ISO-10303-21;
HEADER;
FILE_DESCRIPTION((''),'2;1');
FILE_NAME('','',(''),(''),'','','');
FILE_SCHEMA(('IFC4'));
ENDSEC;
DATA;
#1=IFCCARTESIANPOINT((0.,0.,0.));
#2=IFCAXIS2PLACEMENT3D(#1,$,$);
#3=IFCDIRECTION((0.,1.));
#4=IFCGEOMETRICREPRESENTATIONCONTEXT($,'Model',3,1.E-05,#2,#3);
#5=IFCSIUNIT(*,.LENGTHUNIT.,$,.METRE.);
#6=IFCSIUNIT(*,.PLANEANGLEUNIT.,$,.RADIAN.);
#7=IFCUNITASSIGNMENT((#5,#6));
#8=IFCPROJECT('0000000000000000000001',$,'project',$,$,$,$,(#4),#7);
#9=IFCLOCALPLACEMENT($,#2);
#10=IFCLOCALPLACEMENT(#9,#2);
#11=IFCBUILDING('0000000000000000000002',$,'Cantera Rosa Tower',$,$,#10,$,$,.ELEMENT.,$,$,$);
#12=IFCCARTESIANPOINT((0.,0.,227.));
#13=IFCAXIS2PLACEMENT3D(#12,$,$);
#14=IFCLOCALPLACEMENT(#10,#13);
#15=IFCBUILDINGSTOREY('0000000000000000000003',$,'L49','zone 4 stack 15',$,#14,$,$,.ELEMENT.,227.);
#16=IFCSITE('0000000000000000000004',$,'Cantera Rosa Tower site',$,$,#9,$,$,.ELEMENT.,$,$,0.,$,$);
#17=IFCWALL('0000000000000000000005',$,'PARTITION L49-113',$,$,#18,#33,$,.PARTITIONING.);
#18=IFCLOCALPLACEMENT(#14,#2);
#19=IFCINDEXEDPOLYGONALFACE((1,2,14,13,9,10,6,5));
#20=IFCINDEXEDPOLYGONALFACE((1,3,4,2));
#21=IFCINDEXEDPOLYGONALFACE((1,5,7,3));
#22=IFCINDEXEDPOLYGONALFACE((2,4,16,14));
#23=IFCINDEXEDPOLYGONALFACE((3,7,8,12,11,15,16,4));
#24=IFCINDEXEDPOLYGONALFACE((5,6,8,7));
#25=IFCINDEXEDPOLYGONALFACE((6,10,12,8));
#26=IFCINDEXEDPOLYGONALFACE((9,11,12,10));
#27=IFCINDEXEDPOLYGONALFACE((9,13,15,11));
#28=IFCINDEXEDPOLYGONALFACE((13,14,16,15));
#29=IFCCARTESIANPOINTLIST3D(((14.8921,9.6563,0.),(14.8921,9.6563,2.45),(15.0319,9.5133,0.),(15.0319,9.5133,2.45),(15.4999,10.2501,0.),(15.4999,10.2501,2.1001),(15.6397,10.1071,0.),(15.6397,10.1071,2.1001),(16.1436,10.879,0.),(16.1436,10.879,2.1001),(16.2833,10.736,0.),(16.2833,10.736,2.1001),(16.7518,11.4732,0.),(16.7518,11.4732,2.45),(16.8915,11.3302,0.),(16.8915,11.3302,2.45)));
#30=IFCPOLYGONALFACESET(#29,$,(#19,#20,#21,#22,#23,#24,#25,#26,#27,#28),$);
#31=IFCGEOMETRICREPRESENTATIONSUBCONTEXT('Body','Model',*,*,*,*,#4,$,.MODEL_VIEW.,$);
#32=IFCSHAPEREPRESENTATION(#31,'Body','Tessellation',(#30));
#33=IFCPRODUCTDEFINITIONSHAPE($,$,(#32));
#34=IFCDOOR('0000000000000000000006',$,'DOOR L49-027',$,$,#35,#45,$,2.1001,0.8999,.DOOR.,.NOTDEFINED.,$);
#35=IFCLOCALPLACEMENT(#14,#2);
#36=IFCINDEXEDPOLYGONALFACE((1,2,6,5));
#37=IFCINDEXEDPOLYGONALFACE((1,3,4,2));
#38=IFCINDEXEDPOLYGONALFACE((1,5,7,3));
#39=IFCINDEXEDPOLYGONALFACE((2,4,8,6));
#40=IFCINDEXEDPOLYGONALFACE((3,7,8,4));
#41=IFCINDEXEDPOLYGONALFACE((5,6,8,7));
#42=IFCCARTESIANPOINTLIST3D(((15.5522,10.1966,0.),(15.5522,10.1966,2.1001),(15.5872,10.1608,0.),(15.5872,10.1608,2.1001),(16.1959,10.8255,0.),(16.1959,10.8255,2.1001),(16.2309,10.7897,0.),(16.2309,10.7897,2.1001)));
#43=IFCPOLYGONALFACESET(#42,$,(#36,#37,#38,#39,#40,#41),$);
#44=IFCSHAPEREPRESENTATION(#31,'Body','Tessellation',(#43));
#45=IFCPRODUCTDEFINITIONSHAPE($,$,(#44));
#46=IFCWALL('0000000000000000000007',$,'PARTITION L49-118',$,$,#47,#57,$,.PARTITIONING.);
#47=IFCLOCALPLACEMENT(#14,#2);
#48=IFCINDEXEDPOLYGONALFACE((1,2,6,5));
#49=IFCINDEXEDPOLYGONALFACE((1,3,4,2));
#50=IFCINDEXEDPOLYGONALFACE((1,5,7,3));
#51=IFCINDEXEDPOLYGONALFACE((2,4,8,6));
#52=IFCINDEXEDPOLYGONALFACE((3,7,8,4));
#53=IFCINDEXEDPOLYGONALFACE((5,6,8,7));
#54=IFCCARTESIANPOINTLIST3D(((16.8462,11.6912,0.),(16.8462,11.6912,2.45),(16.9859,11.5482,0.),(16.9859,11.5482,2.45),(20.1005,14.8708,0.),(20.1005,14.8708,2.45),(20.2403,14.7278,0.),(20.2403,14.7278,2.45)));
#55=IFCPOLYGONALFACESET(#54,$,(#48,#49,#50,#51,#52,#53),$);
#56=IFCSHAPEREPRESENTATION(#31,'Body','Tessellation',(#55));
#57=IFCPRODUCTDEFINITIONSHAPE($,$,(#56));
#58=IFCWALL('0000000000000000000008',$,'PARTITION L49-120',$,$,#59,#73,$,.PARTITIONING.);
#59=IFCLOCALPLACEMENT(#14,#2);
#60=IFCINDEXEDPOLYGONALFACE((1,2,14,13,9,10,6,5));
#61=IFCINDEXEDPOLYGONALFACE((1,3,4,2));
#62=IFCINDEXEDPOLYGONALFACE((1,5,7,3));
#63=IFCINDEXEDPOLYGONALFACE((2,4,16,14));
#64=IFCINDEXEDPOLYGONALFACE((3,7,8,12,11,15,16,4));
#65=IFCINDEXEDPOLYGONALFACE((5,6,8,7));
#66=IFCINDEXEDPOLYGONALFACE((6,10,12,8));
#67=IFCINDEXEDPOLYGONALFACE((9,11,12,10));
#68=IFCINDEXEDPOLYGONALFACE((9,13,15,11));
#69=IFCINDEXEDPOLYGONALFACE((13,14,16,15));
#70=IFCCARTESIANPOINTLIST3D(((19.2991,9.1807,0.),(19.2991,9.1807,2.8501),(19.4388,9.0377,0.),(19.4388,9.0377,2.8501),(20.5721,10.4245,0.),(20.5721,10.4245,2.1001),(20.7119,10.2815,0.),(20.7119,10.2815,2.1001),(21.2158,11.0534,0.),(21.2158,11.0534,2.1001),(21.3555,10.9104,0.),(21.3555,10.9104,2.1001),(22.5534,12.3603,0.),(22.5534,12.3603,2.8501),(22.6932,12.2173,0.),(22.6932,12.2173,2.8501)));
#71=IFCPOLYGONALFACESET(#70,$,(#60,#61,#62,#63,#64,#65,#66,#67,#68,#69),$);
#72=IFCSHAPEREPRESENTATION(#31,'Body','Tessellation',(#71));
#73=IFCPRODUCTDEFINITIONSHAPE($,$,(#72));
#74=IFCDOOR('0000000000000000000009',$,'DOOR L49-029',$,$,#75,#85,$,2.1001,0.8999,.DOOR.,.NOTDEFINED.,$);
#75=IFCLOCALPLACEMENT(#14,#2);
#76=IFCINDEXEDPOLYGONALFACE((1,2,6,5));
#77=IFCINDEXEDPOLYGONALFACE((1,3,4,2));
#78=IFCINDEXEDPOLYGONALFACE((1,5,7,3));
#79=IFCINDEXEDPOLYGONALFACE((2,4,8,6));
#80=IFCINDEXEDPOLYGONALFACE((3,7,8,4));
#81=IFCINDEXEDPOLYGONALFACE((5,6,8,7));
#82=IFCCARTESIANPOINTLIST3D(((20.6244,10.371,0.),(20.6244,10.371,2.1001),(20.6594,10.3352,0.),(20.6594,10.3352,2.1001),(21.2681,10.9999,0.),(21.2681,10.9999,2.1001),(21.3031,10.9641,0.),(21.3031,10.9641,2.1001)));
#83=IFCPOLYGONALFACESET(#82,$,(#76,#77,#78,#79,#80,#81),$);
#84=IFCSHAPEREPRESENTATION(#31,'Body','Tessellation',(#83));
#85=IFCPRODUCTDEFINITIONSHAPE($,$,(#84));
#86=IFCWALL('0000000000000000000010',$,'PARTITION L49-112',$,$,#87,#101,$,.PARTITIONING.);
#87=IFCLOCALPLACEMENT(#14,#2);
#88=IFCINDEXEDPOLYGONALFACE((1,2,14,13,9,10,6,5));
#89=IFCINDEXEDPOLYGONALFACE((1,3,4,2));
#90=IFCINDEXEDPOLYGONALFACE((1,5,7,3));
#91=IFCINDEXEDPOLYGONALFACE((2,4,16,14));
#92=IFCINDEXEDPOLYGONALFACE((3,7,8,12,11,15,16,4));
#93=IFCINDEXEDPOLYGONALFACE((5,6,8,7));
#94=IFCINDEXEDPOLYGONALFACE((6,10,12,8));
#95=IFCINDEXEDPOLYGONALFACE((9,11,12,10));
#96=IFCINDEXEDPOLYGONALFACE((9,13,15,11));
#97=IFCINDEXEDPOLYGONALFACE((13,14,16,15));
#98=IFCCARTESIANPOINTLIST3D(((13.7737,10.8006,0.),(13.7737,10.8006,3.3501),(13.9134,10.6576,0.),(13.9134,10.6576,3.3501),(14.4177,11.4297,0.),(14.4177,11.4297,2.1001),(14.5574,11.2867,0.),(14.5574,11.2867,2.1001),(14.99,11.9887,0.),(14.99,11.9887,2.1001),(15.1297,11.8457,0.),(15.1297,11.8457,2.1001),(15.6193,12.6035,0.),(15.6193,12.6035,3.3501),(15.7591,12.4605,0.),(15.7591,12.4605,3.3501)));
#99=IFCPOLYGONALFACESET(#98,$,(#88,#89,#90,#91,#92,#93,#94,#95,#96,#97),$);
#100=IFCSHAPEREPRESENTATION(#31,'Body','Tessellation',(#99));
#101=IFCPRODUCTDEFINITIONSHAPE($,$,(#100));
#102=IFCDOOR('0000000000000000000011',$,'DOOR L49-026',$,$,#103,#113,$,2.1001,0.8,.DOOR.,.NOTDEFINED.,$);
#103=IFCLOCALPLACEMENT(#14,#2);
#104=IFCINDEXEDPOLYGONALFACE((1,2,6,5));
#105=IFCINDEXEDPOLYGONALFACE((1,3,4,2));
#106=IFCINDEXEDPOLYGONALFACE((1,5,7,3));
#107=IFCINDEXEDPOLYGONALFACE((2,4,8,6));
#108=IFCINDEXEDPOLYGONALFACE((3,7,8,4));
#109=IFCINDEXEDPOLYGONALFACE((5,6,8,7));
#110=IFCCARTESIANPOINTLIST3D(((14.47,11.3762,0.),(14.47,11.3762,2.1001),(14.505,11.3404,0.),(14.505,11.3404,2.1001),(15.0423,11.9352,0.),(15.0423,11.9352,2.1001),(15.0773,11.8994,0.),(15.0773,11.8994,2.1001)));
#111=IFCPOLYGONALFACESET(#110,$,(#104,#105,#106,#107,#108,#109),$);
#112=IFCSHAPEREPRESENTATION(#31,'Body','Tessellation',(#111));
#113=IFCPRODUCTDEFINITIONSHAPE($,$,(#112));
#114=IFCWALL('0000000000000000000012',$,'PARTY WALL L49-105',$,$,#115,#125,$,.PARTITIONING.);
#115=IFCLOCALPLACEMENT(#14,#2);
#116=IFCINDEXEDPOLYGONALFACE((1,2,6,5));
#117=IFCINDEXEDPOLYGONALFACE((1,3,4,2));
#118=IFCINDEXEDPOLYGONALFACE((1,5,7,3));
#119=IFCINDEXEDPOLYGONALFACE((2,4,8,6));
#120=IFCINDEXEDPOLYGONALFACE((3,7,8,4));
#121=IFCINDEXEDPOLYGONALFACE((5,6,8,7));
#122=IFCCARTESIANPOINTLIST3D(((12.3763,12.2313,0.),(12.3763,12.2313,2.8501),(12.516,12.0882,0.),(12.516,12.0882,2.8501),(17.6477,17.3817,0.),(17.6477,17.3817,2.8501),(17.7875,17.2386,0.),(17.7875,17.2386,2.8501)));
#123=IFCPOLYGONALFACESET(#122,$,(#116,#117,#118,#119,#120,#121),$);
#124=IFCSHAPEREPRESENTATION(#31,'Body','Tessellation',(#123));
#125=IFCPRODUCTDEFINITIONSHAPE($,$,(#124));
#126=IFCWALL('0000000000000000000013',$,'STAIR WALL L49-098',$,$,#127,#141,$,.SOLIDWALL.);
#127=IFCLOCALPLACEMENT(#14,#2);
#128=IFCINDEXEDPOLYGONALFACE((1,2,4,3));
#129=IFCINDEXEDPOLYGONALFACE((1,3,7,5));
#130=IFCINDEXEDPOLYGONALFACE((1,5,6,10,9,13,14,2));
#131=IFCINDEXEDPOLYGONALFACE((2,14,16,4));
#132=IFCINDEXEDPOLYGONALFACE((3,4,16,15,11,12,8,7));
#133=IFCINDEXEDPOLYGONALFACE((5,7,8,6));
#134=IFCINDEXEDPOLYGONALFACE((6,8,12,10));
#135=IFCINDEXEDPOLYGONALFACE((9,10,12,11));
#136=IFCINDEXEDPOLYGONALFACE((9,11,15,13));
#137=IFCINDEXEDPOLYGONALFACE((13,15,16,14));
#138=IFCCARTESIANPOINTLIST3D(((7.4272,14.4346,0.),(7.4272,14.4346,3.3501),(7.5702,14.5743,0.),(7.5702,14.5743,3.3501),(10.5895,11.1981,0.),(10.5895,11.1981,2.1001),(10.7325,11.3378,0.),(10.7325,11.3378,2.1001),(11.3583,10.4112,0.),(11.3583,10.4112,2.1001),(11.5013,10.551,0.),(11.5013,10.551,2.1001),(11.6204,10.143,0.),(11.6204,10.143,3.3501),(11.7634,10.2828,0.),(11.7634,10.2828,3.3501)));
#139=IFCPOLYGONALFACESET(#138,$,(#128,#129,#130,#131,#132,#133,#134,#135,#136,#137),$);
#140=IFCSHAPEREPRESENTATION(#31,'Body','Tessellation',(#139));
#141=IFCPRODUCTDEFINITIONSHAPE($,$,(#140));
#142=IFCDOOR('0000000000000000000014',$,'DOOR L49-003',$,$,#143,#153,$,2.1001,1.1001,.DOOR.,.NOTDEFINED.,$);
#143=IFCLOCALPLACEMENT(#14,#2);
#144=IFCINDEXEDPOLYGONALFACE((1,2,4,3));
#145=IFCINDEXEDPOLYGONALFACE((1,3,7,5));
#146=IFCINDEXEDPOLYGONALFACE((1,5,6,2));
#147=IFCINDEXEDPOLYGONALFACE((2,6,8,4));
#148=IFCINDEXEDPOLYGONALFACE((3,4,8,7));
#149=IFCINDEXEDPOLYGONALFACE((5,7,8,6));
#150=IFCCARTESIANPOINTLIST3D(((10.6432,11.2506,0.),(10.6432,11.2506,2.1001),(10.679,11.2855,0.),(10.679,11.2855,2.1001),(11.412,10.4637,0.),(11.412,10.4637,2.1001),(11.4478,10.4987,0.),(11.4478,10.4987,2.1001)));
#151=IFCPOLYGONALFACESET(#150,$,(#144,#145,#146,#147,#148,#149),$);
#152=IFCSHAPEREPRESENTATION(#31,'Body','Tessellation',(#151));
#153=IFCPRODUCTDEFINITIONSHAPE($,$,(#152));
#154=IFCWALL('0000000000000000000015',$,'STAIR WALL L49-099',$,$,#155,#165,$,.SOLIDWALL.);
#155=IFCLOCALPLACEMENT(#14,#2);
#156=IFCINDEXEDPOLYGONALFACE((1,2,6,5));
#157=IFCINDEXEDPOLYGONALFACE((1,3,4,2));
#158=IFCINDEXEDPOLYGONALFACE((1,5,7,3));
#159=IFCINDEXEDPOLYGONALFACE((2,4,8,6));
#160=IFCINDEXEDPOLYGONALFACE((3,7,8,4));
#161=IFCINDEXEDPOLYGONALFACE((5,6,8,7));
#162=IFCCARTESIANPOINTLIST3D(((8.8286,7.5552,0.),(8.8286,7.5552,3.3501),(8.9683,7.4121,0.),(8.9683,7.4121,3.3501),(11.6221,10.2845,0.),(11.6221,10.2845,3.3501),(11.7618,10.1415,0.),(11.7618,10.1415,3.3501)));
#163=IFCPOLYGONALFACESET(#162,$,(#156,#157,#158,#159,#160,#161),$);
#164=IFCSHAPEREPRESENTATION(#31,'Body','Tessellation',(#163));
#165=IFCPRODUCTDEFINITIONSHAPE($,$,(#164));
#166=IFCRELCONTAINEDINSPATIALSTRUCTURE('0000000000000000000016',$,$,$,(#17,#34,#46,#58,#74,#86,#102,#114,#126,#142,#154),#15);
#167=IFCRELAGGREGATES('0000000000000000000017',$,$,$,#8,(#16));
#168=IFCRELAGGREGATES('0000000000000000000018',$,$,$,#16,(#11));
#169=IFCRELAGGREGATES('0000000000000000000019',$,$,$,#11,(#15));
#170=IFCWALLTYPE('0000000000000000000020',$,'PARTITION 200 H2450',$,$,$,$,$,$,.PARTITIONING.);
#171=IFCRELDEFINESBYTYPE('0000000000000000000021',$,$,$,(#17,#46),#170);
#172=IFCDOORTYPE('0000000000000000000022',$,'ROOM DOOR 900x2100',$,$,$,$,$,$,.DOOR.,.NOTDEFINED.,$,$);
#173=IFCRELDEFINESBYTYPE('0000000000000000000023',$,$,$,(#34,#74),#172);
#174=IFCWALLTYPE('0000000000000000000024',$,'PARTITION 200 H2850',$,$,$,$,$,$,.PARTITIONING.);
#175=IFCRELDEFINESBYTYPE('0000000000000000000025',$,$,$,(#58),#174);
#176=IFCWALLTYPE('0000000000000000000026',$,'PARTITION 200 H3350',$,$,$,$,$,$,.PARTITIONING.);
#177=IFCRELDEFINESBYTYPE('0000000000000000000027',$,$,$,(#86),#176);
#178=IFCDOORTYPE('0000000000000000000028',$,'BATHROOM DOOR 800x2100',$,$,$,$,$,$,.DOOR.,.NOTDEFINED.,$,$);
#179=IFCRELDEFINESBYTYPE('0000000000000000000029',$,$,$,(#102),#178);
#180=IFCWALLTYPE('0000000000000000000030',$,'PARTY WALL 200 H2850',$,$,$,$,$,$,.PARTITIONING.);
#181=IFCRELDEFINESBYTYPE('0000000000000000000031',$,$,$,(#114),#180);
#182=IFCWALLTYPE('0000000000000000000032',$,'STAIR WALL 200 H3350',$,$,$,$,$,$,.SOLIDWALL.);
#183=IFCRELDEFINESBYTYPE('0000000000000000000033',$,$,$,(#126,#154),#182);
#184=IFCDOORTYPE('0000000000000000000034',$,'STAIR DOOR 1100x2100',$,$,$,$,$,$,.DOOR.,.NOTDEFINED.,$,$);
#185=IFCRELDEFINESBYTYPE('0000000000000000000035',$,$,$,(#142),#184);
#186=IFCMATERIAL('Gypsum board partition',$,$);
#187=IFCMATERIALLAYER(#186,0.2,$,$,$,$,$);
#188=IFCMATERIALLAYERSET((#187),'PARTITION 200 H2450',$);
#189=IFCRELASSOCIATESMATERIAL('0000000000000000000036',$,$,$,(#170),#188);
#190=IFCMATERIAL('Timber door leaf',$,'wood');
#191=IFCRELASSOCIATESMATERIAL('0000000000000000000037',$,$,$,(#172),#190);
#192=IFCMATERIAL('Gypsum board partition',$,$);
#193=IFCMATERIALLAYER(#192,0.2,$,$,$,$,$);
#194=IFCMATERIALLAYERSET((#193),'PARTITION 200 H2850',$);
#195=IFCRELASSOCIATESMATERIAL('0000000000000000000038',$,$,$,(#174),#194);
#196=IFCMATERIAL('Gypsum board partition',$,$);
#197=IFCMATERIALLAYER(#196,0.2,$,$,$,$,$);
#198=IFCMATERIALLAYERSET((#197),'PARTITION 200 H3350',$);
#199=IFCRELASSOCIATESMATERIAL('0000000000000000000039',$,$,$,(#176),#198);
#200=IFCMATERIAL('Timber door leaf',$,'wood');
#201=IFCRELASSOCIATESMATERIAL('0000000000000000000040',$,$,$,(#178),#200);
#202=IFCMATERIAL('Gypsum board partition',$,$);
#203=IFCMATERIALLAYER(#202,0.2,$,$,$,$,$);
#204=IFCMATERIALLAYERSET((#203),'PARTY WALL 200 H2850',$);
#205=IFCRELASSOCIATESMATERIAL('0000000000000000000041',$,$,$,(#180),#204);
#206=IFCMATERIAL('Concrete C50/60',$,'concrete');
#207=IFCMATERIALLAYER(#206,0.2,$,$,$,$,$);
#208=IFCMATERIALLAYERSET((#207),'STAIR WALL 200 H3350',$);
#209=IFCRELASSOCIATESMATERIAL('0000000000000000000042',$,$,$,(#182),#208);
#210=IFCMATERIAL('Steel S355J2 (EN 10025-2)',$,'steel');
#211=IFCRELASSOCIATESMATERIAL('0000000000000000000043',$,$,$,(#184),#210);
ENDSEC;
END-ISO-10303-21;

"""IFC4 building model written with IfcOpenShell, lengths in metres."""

from ifc_helpers import new_model, si_unit, direction, frame, frame_2d, origin, place, context, subcontext, project, spatial, rectangle, extrude, material, layer, layer_set, type_object, element, fill, save


model = new_model("IFC4")

# Units and contexts
model_context = context("Model", 3, precision=1e-05, world=origin(), true_north=direction((0.0, 1.0)))
body_context = subcontext(model_context, "Body", "Model", "MODEL_VIEW")
ifc_project = project(units=[si_unit("LENGTHUNIT", "METRE"), si_unit("PLANEANGLEUNIT", "RADIAN")], contexts=[model_context])

# Site, building, storey
site_placement = place(None, origin())
site = spatial("IfcSite", under=ifc_project, at=site_placement, Name="Cantera Rosa Tower site", CompositionType="ELEMENT", RefElevation=0.0)
building_placement = place(site_placement, origin())
building = spatial("IfcBuilding", under=site, at=building_placement, Name="Cantera Rosa Tower", CompositionType="ELEMENT")
storey_placement = place(building_placement, frame((0.0, 0.0, 227.0)))
storey = spatial("IfcBuildingStorey", under=building, at=storey_placement, Name="L49", Description="zone 4 stack 15", CompositionType="ELEMENT", Elevation=227.0)

# Wall, opening, door
ifc_material_1 = material(Name="Gypsum board partition")
ifc_layer_1 = layer(ifc_material_1, 0.2)
ifc_layer_set_1 = layer_set([ifc_layer_1], Name="PARTITION 200 H2450")
wall_type_1 = type_object("IfcWallType", Name="PARTITION 200 H2450", PredefinedType="PARTITIONING", material=ifc_layer_set_1)
wall_1_placement = place(storey_placement, frame((16.8215, 11.4016, 0.0), z_axis=(0.0, 0.0, 1.0), x_axis=(-0.715276, -0.698842, 0.0)))
wall_1 = element("IfcWall", 1, at=wall_1_placement, inside=storey, type_object=wall_type_1, Name="PARTITION L49-113", PredefinedType="PARTITIONING", context=body_context, shape_type="SweptSolid", body=[
    extrude(rectangle(XDim=2.5999, YDim=0.2, at=frame_2d((1.2998, 0.0))), origin(), (0.0, 0.0, 1.0), 2.45),
])
opening_1_placement = place(wall_1_placement, frame((0.8501, 0.0, 0.0)))
opening_1 = element("IfcOpeningElement", 2, at=opening_1_placement, cuts=wall_1, PredefinedType="OPENING", context=body_context, shape_type="SweptSolid", body=[
    extrude(rectangle(XDim=0.8999, YDim=2.1001, at=frame_2d((0.45, 1.05))), frame((0.0, 0.1099, 0.0), z_axis=(0.0, -1.0, 0.0), x_axis=(1.0, 0.0, 0.0)), (0.0, 0.0, 1.0), 0.22),
])
ifc_material_2 = material(Name="Timber door leaf", Category="wood")
door_type_1 = type_object("IfcDoorType", Name="ROOM DOOR 900x2100", OperationType="NOTDEFINED", PredefinedType="DOOR", material=ifc_material_2)
door_1_placement = place(opening_1_placement, origin())
door_1 = element("IfcDoor", 3, at=door_1_placement, inside=storey, type_object=door_type_1, Name="DOOR L49-027", OperationType="NOTDEFINED", OverallHeight=2.1001, OverallWidth=0.8999, PredefinedType="DOOR", context=body_context, shape_type="SweptSolid", body=[
    extrude(rectangle(XDim=0.8999, YDim=2.1001, at=frame_2d((0.45, 1.05))), frame((0.0, 0.0249, 0.0), z_axis=(0.0, -1.0, 0.0), x_axis=(1.0, 0.0, 0.0)), (0.0, 0.0, 1.0), 0.05),
])
fill(opening_1, door_1)

# Wall
wall_2_placement = place(storey_placement, frame((20.1704, 14.7993, 0.0), z_axis=(0.0, 0.0, 1.0), x_axis=(-0.715269, -0.698849, 0.0)))
element("IfcWall", 4, at=wall_2_placement, inside=storey, type_object=wall_type_1, Name="PARTITION L49-118", PredefinedType="PARTITIONING", context=body_context, shape_type="SweptSolid", body=[
    extrude(rectangle(XDim=4.5498, YDim=0.2, at=frame_2d((2.2749, 0.0))), origin(), (0.0, 0.0, 1.0), 2.45),
])

# Walls, openings, doors
ifc_material_3 = material(Name="Gypsum board partition")
ifc_layer_2 = layer(ifc_material_3, 0.2)
ifc_layer_set_2 = layer_set([ifc_layer_2], Name="PARTITION 200 H2850")
wall_type_2 = type_object("IfcWallType", Name="PARTITION 200 H2850", PredefinedType="PARTITIONING", material=ifc_layer_set_2)
wall_3_placement = place(storey_placement, frame((22.6233, 12.2888, 0.0), z_axis=(0.0, 0.0, 1.0), x_axis=(-0.715269, -0.698849, 0.0)))
wall_3 = element("IfcWall", 5, at=wall_3_placement, inside=storey, type_object=wall_type_2, Name="PARTITION L49-120", PredefinedType="PARTITIONING", context=body_context, shape_type="SweptSolid", body=[
    extrude(rectangle(XDim=4.5498, YDim=0.2, at=frame_2d((2.2749, 0.0))), origin(), (0.0, 0.0, 1.0), 2.8501),
])
opening_2_placement = place(wall_3_placement, frame((1.8701, 0.0, 0.0)))
opening_2 = element("IfcOpeningElement", 6, at=opening_2_placement, cuts=wall_3, PredefinedType="OPENING", context=body_context, shape_type="SweptSolid", body=[
    extrude(rectangle(XDim=0.8999, YDim=2.1001, at=frame_2d((0.45, 1.05))), frame((0.0, 0.1099, 0.0), z_axis=(0.0, -1.0, 0.0), x_axis=(1.0, 0.0, 0.0)), (0.0, 0.0, 1.0), 0.22),
])
door_2_placement = place(opening_2_placement, origin())
door_2 = element("IfcDoor", 7, at=door_2_placement, inside=storey, type_object=door_type_1, Name="DOOR L49-029", OperationType="NOTDEFINED", OverallHeight=2.1001, OverallWidth=0.8999, PredefinedType="DOOR", context=body_context, shape_type="SweptSolid", body=[
    extrude(rectangle(XDim=0.8999, YDim=2.1001, at=frame_2d((0.45, 1.05))), frame((0.0, 0.0249, 0.0), z_axis=(0.0, -1.0, 0.0), x_axis=(1.0, 0.0, 0.0)), (0.0, 0.0, 1.0), 0.05),
])
fill(opening_2, door_2)
ifc_material_4 = material(Name="Gypsum board partition")
ifc_layer_3 = layer(ifc_material_4, 0.2)
ifc_layer_set_3 = layer_set([ifc_layer_3], Name="PARTITION 200 H3350")
wall_type_3 = type_object("IfcWallType", Name="PARTITION 200 H3350", PredefinedType="PARTITIONING", material=ifc_layer_set_3)
wall_4_placement = place(storey_placement, frame((15.6892, 12.532, 0.0), z_axis=(0.0, 0.0, 1.0), x_axis=(-0.715338, -0.698779, 0.0)))
wall_4 = element("IfcWall", 8, at=wall_4_placement, inside=storey, type_object=wall_type_3, Name="PARTITION L49-112", PredefinedType="PARTITIONING", context=body_context, shape_type="SweptSolid", body=[
    extrude(rectangle(XDim=2.5801, YDim=0.2, at=frame_2d((1.29, 0.0))), origin(), (0.0, 0.0, 1.0), 3.3501),
])
opening_3_placement = place(wall_4_placement, frame((0.8799, 0.0, 0.0)))
opening_3 = element("IfcOpeningElement", 9, at=opening_3_placement, cuts=wall_4, PredefinedType="OPENING", context=body_context, shape_type="SweptSolid", body=[
    extrude(rectangle(XDim=0.8, YDim=2.1001, at=frame_2d((0.3999, 1.05))), frame((0.0, 0.1099, 0.0), z_axis=(0.0, -1.0, 0.0), x_axis=(1.0, 0.0, 0.0)), (0.0, 0.0, 1.0), 0.22),
])
ifc_material_5 = material(Name="Timber door leaf", Category="wood")
door_type_2 = type_object("IfcDoorType", Name="BATHROOM DOOR 800x2100", OperationType="NOTDEFINED", PredefinedType="DOOR", material=ifc_material_5)
door_3_placement = place(opening_3_placement, origin())
door_3 = element("IfcDoor", 10, at=door_3_placement, inside=storey, type_object=door_type_2, Name="DOOR L49-026", OperationType="NOTDEFINED", OverallHeight=2.1001, OverallWidth=0.8, PredefinedType="DOOR", context=body_context, shape_type="SweptSolid", body=[
    extrude(rectangle(XDim=0.8, YDim=2.1001, at=frame_2d((0.3999, 1.05))), frame((0.0, 0.0249, 0.0), z_axis=(0.0, -1.0, 0.0), x_axis=(1.0, 0.0, 0.0)), (0.0, 0.0, 1.0), 0.05),
])
fill(opening_3, door_3)

# Wall
ifc_material_6 = material(Name="Gypsum board partition")
ifc_layer_4 = layer(ifc_material_6, 0.2)
ifc_layer_set_4 = layer_set([ifc_layer_4], Name="PARTY WALL 200 H2850")
wall_type_4 = type_object("IfcWallType", Name="PARTY WALL 200 H2850", PredefinedType="PARTITIONING", material=ifc_layer_set_4)
wall_5_placement = place(storey_placement, frame((12.446, 12.1597, 0.0), z_axis=(0.0, 0.0, 1.0), x_axis=(0.715275, 0.698844, 0.0)))
element("IfcWall", 11, at=wall_5_placement, inside=storey, type_object=wall_type_4, Name="PARTY WALL L49-105", PredefinedType="PARTITIONING", context=body_context, shape_type="SweptSolid", body=[
    extrude(rectangle(XDim=7.3699, YDim=0.2, at=frame_2d((3.6851, 0.0))), origin(), (0.0, 0.0, 1.0), 2.8501),
])

# Wall, opening, door
ifc_material_7 = material(Name="Concrete C50/60", Category="concrete")
ifc_layer_5 = layer(ifc_material_7, 0.2)
ifc_layer_set_5 = layer_set([ifc_layer_5], Name="STAIR WALL 200 H3350")
wall_type_5 = type_object("IfcWallType", Name="STAIR WALL 200 H3350", PredefinedType="SOLIDWALL", material=ifc_layer_set_5)
wall_6_placement = place(storey_placement, frame((11.6919, 10.2129, 0.0), z_axis=(0.0, 0.0, 1.0), x_axis=(-0.69886, 0.715258, 0.0)))
wall_6 = element("IfcWall", 12, at=wall_6_placement, inside=storey, type_object=wall_type_5, Name="STAIR WALL L49-098", PredefinedType="SOLIDWALL", context=body_context, shape_type="SweptSolid", body=[
    extrude(rectangle(XDim=6.0, YDim=0.2, at=frame_2d((3.0, 0.0))), origin(), (0.0, 0.0, 1.0), 3.3501),
])
opening_4_placement = place(wall_6_placement, frame((0.375, 0.0, 0.0)))
opening_4 = element("IfcOpeningElement", 13, at=opening_4_placement, cuts=wall_6, PredefinedType="OPENING", context=body_context, shape_type="SweptSolid", body=[
    extrude(rectangle(XDim=1.1001, YDim=2.1001, at=frame_2d((0.55, 1.05))), frame((0.0, 0.1099, 0.0), z_axis=(0.0, -1.0, 0.0), x_axis=(1.0, 0.0, 0.0)), (0.0, 0.0, 1.0), 0.22),
])
ifc_material_8 = material(Name="Steel S355J2 (EN 10025-2)", Category="steel")
door_type_3 = type_object("IfcDoorType", Name="STAIR DOOR 1100x2100", OperationType="NOTDEFINED", PredefinedType="DOOR", material=ifc_material_8)
door_4_placement = place(opening_4_placement, origin())
door_4 = element("IfcDoor", 14, at=door_4_placement, inside=storey, type_object=door_type_3, Name="DOOR L49-003", OperationType="NOTDEFINED", OverallHeight=2.1001, OverallWidth=1.1001, PredefinedType="DOOR", context=body_context, shape_type="SweptSolid", body=[
    extrude(rectangle(XDim=1.1001, YDim=2.1001, at=frame_2d((0.55, 1.05))), frame((0.0, 0.0249, 0.0), z_axis=(0.0, -1.0, 0.0), x_axis=(1.0, 0.0, 0.0)), (0.0, 0.0, 1.0), 0.05),
])
fill(opening_4, door_4)

# Wall
wall_7_placement = place(storey_placement, frame((11.6919, 10.2129, 0.0), z_axis=(0.0, 0.0, 1.0), x_axis=(-0.71528, -0.698838, 0.0)))
element("IfcWall", 15, at=wall_7_placement, inside=storey, type_object=wall_type_5, Name="STAIR WALL L49-099", PredefinedType="SOLIDWALL", context=body_context, shape_type="SweptSolid", body=[
    extrude(rectangle(XDim=3.9055, YDim=0.2, at=frame_2d((1.9526, 0.0))), origin(), (0.0, 0.0, 1.0), 3.3501),
])

save(model, "model.ifc")
